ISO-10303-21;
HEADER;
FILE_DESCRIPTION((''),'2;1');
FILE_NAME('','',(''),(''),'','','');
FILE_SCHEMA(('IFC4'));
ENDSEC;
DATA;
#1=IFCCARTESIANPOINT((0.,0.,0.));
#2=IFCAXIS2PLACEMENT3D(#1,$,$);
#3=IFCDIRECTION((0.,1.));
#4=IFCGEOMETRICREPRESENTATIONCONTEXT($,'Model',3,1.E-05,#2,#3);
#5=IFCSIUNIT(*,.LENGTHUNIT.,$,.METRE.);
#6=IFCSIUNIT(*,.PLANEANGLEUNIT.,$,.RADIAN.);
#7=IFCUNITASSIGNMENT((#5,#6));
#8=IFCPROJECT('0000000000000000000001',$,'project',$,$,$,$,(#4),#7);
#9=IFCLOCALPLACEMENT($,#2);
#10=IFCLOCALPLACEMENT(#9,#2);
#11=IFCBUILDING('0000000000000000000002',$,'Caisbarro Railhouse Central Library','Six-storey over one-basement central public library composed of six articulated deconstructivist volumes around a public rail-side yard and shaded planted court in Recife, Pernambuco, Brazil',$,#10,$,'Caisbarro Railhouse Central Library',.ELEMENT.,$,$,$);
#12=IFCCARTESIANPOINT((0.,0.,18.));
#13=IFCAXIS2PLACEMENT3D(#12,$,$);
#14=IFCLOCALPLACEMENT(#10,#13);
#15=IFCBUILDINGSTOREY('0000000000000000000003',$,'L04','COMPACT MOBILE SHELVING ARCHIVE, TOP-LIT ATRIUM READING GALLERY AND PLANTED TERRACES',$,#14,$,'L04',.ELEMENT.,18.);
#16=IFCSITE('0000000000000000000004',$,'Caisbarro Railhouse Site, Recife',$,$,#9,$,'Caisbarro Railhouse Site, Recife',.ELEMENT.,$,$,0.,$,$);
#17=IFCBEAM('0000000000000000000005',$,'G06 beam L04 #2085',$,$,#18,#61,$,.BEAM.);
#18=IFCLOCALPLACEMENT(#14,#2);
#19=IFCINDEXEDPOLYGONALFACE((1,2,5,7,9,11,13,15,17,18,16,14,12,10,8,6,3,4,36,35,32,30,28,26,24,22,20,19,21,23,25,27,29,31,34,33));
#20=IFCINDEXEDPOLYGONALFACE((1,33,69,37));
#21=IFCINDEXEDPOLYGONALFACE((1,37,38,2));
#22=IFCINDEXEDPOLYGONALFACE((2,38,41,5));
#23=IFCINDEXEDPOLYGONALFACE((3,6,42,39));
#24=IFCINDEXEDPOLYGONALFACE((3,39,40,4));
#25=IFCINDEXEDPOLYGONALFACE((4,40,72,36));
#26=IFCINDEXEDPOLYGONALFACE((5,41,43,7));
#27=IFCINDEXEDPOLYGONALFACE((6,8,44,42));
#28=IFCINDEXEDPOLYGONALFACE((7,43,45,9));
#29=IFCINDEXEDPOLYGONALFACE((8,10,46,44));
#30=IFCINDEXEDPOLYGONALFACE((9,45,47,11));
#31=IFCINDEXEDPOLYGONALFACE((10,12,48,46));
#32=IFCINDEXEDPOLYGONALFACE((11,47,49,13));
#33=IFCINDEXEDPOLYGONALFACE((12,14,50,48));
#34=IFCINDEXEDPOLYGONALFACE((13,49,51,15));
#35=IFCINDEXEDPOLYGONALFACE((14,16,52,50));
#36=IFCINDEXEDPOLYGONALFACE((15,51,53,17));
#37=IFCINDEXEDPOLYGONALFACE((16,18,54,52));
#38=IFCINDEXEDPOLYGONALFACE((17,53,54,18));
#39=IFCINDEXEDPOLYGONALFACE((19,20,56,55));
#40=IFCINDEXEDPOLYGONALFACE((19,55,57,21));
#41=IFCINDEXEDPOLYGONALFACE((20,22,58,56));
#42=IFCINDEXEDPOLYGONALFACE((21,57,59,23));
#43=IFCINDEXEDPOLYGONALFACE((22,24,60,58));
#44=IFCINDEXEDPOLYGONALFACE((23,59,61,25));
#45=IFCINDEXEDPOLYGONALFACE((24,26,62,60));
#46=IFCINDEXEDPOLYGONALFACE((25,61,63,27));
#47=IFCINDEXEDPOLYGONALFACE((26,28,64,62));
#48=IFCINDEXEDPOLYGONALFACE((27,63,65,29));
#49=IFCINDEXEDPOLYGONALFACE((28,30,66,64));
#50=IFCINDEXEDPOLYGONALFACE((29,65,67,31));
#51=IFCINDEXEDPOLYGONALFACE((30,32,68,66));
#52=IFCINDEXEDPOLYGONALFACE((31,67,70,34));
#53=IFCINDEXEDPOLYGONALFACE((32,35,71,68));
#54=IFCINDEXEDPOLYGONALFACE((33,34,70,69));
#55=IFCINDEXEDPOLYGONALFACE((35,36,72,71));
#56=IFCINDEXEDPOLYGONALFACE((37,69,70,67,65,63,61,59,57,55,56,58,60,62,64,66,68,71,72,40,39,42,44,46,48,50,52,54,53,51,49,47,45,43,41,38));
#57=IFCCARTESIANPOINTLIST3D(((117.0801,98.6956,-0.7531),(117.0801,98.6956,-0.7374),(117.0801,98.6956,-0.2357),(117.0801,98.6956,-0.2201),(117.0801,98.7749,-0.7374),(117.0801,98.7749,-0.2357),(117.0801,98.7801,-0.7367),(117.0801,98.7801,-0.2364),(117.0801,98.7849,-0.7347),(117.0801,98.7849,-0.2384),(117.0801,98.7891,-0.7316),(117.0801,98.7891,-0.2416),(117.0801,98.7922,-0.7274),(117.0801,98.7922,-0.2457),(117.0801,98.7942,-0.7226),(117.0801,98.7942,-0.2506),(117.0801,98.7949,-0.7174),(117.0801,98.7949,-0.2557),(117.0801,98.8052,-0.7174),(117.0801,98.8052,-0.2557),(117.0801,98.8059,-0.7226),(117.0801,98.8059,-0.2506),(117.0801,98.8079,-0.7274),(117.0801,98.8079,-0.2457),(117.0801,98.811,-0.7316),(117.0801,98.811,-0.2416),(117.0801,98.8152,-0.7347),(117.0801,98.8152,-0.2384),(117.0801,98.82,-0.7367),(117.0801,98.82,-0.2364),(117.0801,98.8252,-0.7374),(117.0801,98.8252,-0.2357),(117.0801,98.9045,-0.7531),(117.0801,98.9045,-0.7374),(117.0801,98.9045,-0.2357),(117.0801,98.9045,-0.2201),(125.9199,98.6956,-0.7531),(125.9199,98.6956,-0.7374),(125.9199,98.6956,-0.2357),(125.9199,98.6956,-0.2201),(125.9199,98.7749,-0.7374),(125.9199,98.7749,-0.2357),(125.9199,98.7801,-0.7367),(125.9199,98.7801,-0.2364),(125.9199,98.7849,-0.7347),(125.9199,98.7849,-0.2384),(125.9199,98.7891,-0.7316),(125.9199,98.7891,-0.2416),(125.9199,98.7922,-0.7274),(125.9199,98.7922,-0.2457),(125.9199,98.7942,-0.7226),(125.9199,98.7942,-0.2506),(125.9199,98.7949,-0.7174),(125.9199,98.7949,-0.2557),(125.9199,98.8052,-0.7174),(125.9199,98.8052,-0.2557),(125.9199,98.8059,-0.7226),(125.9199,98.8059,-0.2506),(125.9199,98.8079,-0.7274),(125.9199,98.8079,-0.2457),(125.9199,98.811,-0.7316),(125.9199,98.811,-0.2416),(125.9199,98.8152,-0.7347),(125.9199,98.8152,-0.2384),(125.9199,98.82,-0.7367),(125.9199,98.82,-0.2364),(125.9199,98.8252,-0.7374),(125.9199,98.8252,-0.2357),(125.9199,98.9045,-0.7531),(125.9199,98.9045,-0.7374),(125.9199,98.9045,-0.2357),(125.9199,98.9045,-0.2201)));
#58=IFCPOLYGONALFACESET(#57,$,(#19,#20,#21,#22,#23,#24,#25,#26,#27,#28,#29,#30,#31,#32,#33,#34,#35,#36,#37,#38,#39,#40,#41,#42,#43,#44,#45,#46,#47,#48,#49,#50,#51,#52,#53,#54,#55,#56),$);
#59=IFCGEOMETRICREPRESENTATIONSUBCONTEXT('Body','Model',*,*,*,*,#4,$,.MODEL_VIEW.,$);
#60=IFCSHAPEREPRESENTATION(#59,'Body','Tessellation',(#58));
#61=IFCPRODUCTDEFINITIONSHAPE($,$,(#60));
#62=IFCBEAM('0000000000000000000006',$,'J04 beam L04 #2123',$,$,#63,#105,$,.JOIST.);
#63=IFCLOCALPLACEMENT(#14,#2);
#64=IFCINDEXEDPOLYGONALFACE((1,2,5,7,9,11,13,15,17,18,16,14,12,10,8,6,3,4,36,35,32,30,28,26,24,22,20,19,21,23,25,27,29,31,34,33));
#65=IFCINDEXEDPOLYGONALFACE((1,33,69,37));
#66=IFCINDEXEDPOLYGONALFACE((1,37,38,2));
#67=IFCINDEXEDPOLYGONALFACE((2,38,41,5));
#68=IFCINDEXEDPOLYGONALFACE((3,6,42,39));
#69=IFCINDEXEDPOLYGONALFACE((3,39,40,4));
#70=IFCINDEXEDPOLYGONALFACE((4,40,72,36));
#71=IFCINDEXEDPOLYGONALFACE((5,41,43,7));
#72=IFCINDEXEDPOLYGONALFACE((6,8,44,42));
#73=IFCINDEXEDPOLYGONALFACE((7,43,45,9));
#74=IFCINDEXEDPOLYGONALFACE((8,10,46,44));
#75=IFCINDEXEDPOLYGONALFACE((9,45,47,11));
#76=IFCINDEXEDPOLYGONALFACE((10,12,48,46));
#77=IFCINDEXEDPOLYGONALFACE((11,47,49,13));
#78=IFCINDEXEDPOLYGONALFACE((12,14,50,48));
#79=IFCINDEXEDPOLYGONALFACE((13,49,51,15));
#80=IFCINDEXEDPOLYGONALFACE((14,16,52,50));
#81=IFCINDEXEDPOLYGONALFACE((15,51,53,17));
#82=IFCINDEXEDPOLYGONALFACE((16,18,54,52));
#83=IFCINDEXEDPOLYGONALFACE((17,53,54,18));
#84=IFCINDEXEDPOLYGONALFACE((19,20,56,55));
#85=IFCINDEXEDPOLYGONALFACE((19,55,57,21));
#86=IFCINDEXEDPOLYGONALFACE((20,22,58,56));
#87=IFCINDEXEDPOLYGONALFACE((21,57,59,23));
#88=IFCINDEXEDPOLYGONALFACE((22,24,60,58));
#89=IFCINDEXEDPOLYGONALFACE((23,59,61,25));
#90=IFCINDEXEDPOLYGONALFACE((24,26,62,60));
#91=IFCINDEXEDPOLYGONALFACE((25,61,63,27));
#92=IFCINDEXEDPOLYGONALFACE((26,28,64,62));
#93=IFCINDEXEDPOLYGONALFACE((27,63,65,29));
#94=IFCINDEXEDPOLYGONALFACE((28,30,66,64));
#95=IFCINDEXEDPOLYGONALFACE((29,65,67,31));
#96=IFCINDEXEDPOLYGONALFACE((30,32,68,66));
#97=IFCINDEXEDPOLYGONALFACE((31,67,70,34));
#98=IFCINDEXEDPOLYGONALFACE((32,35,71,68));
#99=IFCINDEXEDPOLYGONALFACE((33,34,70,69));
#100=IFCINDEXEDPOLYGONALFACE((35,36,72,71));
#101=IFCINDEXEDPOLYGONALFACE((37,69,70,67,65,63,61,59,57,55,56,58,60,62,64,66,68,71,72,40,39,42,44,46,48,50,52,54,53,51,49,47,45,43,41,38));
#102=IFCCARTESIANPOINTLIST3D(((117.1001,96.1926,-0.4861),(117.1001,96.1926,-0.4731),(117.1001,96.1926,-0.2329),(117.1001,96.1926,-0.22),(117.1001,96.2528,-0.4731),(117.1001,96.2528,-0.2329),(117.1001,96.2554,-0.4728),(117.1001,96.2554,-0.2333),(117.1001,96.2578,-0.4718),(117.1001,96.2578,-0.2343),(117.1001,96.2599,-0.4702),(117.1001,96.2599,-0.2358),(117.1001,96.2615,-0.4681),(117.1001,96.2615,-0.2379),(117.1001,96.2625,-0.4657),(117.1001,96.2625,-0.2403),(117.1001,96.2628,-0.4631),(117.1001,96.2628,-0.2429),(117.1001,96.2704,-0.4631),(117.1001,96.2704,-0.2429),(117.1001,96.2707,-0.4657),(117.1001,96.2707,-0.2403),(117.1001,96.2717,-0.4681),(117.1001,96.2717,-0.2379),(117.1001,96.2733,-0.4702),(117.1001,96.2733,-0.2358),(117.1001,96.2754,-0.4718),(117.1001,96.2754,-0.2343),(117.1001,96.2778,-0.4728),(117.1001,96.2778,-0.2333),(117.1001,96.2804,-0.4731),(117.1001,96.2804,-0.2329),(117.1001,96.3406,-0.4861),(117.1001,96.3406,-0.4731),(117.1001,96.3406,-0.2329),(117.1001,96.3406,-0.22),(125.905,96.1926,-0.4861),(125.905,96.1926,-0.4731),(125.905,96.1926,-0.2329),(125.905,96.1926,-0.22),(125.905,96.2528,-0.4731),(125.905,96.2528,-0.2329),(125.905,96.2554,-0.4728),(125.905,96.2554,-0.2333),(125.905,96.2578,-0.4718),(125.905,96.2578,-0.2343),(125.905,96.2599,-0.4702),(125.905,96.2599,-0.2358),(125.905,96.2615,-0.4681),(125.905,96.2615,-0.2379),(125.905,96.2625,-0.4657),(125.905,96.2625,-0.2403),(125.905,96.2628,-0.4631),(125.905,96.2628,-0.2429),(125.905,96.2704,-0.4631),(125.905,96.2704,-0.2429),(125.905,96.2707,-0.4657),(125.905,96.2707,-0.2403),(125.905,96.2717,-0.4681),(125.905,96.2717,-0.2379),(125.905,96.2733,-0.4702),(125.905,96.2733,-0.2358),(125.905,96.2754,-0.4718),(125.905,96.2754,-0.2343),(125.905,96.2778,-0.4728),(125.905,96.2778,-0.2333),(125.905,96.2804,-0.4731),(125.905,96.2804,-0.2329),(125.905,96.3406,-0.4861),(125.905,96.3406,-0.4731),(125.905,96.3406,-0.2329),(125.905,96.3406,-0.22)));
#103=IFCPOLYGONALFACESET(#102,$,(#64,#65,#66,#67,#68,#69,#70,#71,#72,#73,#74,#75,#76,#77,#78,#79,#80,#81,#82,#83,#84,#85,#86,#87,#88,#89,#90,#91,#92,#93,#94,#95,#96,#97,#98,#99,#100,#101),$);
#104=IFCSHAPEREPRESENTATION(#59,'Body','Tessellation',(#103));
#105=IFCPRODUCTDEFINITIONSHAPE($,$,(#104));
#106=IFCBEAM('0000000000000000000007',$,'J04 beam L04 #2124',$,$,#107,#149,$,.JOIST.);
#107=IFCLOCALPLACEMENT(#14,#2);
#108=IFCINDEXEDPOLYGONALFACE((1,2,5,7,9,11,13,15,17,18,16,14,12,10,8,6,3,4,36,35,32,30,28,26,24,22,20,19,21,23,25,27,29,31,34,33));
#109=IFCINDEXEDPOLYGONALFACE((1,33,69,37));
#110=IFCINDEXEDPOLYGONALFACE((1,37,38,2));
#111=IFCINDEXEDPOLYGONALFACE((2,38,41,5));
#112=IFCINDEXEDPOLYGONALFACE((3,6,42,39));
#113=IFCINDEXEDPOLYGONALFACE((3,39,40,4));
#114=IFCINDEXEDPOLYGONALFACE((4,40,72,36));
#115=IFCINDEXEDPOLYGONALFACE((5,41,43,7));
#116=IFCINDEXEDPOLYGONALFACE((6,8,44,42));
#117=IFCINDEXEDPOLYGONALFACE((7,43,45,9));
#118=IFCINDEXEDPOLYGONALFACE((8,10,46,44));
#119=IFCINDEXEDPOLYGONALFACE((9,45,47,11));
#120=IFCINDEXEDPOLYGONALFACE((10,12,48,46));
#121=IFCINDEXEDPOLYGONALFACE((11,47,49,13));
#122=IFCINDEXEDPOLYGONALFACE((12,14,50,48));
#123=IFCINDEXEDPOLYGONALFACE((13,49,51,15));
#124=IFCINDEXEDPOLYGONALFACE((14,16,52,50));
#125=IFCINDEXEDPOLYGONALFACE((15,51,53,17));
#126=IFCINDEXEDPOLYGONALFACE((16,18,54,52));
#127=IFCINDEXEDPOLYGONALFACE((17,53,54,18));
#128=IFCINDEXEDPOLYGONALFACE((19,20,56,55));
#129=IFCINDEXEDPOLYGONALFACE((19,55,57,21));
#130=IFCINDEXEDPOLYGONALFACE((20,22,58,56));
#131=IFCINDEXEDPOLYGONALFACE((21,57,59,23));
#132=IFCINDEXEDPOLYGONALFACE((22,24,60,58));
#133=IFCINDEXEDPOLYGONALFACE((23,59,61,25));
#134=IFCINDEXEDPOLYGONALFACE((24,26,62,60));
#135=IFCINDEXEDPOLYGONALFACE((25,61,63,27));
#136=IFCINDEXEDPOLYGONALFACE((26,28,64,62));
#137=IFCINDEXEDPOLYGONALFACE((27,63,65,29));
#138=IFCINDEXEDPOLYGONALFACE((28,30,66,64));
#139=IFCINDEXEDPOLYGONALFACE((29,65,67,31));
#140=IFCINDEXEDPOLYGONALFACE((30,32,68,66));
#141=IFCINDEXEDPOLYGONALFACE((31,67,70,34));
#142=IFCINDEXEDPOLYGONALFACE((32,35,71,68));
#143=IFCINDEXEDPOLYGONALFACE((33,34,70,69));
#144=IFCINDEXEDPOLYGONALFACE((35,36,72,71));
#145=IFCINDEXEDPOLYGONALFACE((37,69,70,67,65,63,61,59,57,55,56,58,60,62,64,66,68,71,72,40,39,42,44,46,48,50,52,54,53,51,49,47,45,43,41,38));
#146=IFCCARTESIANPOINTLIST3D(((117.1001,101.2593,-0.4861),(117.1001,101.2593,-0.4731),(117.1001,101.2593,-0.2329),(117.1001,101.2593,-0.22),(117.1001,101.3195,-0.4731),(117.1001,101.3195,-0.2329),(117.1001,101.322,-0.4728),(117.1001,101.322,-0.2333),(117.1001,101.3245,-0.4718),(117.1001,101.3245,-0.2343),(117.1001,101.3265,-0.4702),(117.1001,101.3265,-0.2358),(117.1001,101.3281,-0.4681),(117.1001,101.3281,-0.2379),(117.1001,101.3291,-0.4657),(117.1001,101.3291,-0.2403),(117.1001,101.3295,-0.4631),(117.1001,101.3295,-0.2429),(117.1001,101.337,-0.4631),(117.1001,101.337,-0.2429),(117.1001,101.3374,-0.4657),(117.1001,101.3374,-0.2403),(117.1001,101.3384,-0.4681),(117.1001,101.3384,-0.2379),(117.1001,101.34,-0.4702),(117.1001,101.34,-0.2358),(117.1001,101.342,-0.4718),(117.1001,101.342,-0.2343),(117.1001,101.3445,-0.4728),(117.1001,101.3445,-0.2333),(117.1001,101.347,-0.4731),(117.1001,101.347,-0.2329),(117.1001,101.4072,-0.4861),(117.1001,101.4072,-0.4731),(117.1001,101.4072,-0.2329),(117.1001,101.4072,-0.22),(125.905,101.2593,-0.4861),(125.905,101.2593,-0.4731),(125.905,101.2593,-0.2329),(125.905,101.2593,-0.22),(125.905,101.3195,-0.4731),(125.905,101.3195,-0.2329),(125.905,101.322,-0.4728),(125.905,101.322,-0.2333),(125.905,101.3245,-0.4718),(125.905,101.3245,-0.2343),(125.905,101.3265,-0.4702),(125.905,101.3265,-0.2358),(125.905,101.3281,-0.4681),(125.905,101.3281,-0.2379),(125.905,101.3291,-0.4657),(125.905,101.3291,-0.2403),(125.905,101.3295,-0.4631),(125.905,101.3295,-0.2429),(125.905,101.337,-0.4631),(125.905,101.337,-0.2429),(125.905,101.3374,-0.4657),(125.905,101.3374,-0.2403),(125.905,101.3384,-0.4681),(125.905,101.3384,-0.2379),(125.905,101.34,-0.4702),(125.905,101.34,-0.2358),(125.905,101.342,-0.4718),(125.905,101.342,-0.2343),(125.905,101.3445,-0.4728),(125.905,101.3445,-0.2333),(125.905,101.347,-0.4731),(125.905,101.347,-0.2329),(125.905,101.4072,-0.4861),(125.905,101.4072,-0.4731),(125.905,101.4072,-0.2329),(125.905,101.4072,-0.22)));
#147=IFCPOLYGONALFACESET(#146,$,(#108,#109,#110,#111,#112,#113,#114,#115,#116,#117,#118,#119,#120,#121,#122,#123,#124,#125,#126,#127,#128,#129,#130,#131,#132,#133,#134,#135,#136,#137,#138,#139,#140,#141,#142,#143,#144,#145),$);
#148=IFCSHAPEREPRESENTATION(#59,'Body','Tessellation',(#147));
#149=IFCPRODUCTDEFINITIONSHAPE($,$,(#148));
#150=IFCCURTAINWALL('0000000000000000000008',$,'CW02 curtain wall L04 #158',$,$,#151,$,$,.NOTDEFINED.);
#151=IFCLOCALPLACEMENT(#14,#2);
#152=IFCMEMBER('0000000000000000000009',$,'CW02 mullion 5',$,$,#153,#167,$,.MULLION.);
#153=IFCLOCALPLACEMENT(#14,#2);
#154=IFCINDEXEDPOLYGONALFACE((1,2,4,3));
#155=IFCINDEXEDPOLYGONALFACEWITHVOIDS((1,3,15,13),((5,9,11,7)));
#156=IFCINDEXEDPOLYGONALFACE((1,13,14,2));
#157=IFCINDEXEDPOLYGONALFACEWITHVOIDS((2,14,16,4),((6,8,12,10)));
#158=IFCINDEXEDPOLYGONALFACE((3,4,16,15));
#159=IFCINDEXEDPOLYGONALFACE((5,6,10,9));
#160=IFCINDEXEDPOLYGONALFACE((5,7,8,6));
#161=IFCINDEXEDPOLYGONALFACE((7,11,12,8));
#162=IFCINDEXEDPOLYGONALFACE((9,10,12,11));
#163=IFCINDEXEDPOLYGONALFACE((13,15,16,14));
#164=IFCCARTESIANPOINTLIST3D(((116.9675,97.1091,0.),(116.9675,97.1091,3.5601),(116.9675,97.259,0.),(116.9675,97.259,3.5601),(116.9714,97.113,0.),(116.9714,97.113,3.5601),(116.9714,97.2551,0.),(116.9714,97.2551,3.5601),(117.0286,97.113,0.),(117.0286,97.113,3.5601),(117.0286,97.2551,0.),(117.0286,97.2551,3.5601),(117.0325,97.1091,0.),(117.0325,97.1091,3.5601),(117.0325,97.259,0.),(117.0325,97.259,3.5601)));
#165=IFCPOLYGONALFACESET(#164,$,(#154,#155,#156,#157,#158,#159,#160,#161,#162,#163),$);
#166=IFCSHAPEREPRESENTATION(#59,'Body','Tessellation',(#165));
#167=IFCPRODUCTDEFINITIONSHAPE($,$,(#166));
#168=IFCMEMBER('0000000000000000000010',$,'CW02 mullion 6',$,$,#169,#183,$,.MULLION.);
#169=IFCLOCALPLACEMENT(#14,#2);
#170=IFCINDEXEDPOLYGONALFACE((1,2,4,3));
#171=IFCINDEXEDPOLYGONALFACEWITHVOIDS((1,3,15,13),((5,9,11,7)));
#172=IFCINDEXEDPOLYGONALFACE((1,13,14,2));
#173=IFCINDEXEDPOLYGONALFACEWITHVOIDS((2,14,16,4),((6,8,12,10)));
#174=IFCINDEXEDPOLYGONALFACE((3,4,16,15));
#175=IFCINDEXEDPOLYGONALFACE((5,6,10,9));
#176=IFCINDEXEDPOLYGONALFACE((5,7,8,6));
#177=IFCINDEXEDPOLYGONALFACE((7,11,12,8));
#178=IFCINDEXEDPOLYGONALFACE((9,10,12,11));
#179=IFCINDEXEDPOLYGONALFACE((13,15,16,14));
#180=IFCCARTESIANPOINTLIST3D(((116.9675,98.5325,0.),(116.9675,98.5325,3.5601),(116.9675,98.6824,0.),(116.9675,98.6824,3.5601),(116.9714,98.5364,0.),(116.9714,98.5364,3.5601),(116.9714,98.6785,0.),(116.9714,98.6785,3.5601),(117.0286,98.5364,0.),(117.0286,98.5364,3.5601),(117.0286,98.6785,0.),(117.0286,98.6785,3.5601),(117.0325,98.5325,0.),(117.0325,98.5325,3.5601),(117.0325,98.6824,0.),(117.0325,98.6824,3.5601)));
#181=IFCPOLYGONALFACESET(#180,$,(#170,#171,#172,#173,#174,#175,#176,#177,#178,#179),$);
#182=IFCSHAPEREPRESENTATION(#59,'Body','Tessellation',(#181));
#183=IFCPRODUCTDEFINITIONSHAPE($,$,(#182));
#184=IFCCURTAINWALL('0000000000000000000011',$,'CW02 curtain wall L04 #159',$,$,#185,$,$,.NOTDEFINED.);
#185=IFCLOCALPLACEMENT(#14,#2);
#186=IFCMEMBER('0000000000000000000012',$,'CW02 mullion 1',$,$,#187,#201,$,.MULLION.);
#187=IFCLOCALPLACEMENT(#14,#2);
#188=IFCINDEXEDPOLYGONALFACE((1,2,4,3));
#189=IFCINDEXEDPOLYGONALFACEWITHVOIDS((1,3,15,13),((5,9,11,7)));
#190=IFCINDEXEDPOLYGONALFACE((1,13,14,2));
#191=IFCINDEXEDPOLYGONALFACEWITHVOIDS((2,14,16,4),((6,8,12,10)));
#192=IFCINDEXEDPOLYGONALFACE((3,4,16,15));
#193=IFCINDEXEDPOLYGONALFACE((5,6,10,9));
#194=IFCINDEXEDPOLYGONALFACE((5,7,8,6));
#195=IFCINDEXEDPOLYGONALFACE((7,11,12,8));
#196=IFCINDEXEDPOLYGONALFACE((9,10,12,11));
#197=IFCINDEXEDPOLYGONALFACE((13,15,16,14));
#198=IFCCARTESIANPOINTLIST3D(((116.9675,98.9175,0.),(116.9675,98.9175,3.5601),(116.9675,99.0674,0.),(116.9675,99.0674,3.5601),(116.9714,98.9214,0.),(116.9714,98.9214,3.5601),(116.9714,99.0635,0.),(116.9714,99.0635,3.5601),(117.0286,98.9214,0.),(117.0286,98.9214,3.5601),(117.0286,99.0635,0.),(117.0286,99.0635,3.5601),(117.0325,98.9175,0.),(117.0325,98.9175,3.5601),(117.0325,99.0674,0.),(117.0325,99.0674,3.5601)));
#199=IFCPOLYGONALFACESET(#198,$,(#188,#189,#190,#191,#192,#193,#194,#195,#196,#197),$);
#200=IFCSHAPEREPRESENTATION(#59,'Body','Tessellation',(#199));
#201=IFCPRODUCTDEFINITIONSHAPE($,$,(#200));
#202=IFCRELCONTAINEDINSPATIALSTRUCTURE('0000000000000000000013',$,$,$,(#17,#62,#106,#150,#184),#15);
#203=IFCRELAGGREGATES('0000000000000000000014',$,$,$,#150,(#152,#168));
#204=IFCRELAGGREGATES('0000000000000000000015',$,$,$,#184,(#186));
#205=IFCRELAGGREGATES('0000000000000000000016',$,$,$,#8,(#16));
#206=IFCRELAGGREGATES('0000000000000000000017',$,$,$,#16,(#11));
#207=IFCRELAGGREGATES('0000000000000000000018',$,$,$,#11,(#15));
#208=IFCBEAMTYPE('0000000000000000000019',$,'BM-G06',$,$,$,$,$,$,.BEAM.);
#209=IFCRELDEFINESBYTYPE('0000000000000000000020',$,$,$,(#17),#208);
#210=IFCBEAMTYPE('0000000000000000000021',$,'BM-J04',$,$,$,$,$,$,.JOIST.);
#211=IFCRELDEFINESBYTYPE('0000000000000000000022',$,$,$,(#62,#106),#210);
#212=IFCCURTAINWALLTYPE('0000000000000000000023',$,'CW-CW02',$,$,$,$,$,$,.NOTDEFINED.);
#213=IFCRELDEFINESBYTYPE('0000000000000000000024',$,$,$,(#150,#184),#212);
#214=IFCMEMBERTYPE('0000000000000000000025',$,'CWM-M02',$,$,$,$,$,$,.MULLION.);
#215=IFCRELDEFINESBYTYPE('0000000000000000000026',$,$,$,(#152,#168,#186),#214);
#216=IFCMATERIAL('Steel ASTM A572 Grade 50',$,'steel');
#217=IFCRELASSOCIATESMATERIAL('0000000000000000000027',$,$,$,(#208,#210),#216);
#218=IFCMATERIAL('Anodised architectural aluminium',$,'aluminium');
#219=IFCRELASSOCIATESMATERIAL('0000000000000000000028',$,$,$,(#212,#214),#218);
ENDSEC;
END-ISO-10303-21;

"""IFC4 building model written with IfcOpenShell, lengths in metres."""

from ifc_helpers import new_model, si_unit, direction, frame, origin, origin_2d, place, context, subcontext, project, spatial, hollow_rectangle, i_section, extrude, material, material_profile, profile_set, type_object, element, aggregate, save


model = new_model("IFC4")

# Units and contexts
model_context = context("Model", 3, precision=1e-05, world=origin(), true_north=direction((0.0, 1.0)))
body_context = subcontext(model_context, "Body", "Model", "MODEL_VIEW")
ifc_project = project(units=[si_unit("LENGTHUNIT", "METRE"), si_unit("PLANEANGLEUNIT", "RADIAN")], contexts=[model_context])

# Site, building, storey
site_placement = place(None, origin())
site = spatial("IfcSite", under=ifc_project, at=site_placement, Name="Caisbarro Railhouse Site, Recife", LongName="Caisbarro Railhouse Site, Recife", CompositionType="ELEMENT", RefElevation=0.0)
building_placement = place(site_placement, origin())
building = spatial("IfcBuilding", under=site, at=building_placement, Name="Caisbarro Railhouse Central Library", Description="Six-storey over one-basement central public library composed of six articulated deconstructivist volumes around a public rail-side yard and shaded planted court in Recife, Pernambuco, Brazil", LongName="Caisbarro Railhouse Central Library", CompositionType="ELEMENT")
storey_placement = place(building_placement, frame((0.0, 0.0, 18.0)))
storey = spatial("IfcBuildingStorey", under=building, at=storey_placement, Name="L04", Description="COMPACT MOBILE SHELVING ARCHIVE, TOP-LIT ATRIUM READING GALLERY AND PLANTED TERRACES", LongName="L04", CompositionType="ELEMENT", Elevation=18.0)

# Beams
ifc_material_1 = material(Name="Steel ASTM A572 Grade 50", Category="steel")
ifc_material_profile_1 = material_profile(ifc_material_1, i_section(OverallWidth=0.209, OverallDepth=0.533, WebThickness=0.0103, FlangeThickness=0.0156, FilletRadius=0.02, at=origin_2d()), Name="W530X92.0")
ifc_profile_set_1 = profile_set([ifc_material_profile_1], Name="Steel ASTM A572 Grade 50")
beam_type_1 = type_object("IfcBeamType", Name="BM-G06", PredefinedType="BEAM", material=ifc_profile_set_1)
beam_placement = place(storey_placement, frame((117.0801, 98.8, -0.4866), z_axis=(1.0, 0.0, 0.0), x_axis=(0.0, 1.0, 0.0)))
element("IfcBeam", 1, at=beam_placement, inside=storey, type_object=beam_type_1, Name="G06 beam L04 #2085", PredefinedType="BEAM", context=body_context, shape_type="SweptSolid", body=[
    extrude(i_section(OverallWidth=0.209, OverallDepth=0.533, WebThickness=0.0103, FlangeThickness=0.0156, FilletRadius=0.02, at=origin_2d()), origin(), (0.0, 0.0, 1.0), 8.8398),
])
ifc_material_profile_2 = material_profile(ifc_material_1, i_section(OverallWidth=0.1479, OverallDepth=0.2661, WebThickness=0.0076, FlangeThickness=0.0129, FilletRadius=0.01, at=origin_2d()), Name="W250X44.8")
ifc_profile_set_2 = profile_set([ifc_material_profile_2], Name="Steel ASTM A572 Grade 50")
beam_type_2 = type_object("IfcBeamType", Name="BM-J04", PredefinedType="JOIST", material=ifc_profile_set_2)
for number, where, z_axis, x_axis, name in (
    (2, (117.1001, 96.2666, -0.353), (1.0, 0.0, 0.0), (0.0, 1.0, 0.0), "J04 beam L04 #2123"),
    (3, (117.1001, 101.3333, -0.353), (1.0, 0.0, 0.0), (0.0, 1.0, 0.0), "J04 beam L04 #2124"),
):
    element("IfcBeam", number, at=place(storey_placement, frame(where, z_axis=z_axis, x_axis=x_axis)), inside=storey, type_object=beam_type_2, Name=name, PredefinedType="JOIST", context=body_context, shape_type="SweptSolid", body=[
        extrude(i_section(OverallWidth=0.1479, OverallDepth=0.2661, WebThickness=0.0076, FlangeThickness=0.0129, FilletRadius=0.01, at=origin_2d()), origin(), (0.0, 0.0, 1.0), 8.8049),
    ])

# Curtain walls, members
ifc_material_2 = material(Name="Anodised architectural aluminium", Category="aluminium")
curtain_wall_type = type_object("IfcCurtainWallType", Name="CW-CW02", PredefinedType="NOTDEFINED", material=ifc_material_2)
curtain_wall_1_placement = place(storey_placement, origin())
curtain_wall_1 = element("IfcCurtainWall", 4, at=curtain_wall_1_placement, inside=storey, type_object=curtain_wall_type, Name="CW02 curtain wall L04 #158", PredefinedType="NOTDEFINED")
ifc_material_profile_3 = material_profile(ifc_material_2, hollow_rectangle(XDim=0.0649, YDim=0.1499, WallThickness=0.0039, at=origin_2d()), Name="ALU-MUL-65X150")
ifc_profile_set_3 = profile_set([ifc_material_profile_3], Name="Anodised architectural aluminium")
member_type_1 = type_object("IfcMemberType", Name="CWM-M02", PredefinedType="MULLION", material=ifc_profile_set_3)
member_1_placement = place(storey_placement, frame((117.0, 97.1841, 0.0), z_axis=(0.0, 0.0, 1.0), x_axis=(-1.0, 0.0, 0.0)))
member_1 = element("IfcMember", 5, at=member_1_placement, type_object=member_type_1, Name="CW02 mullion 5", PredefinedType="MULLION", context=body_context, shape_type="SweptSolid", body=[
    extrude(hollow_rectangle(XDim=0.0649, YDim=0.1499, WallThickness=0.0039, at=origin_2d()), origin(), (0.0, 0.0, 1.0), 3.5601),
])
member_2_placement = place(storey_placement, frame((117.0, 98.6074, 0.0), z_axis=(0.0, 0.0, 1.0), x_axis=(-1.0, 0.0, 0.0)))
member_2 = element("IfcMember", 6, at=member_2_placement, type_object=member_type_1, Name="CW02 mullion 6", PredefinedType="MULLION", context=body_context, shape_type="SweptSolid", body=[
    extrude(hollow_rectangle(XDim=0.0649, YDim=0.1499, WallThickness=0.0039, at=origin_2d()), origin(), (0.0, 0.0, 1.0), 3.5601),
])
curtain_wall_2_placement = place(storey_placement, origin())
curtain_wall_2 = element("IfcCurtainWall", 7, at=curtain_wall_2_placement, inside=storey, type_object=curtain_wall_type, Name="CW02 curtain wall L04 #159", PredefinedType="NOTDEFINED")
member_3_placement = place(storey_placement, frame((117.0, 98.9924, 0.0), z_axis=(0.0, 0.0, 1.0), x_axis=(-1.0, 0.0, 0.0)))
member_3 = element("IfcMember", 8, at=member_3_placement, type_object=member_type_1, Name="CW02 mullion 1", PredefinedType="MULLION", context=body_context, shape_type="SweptSolid", body=[
    extrude(hollow_rectangle(XDim=0.0649, YDim=0.1499, WallThickness=0.0039, at=origin_2d()), origin(), (0.0, 0.0, 1.0), 3.5601),
])

aggregate(curtain_wall_1, [member_1, member_2])
aggregate(curtain_wall_2, [member_3])

save(model, "model.ifc")
